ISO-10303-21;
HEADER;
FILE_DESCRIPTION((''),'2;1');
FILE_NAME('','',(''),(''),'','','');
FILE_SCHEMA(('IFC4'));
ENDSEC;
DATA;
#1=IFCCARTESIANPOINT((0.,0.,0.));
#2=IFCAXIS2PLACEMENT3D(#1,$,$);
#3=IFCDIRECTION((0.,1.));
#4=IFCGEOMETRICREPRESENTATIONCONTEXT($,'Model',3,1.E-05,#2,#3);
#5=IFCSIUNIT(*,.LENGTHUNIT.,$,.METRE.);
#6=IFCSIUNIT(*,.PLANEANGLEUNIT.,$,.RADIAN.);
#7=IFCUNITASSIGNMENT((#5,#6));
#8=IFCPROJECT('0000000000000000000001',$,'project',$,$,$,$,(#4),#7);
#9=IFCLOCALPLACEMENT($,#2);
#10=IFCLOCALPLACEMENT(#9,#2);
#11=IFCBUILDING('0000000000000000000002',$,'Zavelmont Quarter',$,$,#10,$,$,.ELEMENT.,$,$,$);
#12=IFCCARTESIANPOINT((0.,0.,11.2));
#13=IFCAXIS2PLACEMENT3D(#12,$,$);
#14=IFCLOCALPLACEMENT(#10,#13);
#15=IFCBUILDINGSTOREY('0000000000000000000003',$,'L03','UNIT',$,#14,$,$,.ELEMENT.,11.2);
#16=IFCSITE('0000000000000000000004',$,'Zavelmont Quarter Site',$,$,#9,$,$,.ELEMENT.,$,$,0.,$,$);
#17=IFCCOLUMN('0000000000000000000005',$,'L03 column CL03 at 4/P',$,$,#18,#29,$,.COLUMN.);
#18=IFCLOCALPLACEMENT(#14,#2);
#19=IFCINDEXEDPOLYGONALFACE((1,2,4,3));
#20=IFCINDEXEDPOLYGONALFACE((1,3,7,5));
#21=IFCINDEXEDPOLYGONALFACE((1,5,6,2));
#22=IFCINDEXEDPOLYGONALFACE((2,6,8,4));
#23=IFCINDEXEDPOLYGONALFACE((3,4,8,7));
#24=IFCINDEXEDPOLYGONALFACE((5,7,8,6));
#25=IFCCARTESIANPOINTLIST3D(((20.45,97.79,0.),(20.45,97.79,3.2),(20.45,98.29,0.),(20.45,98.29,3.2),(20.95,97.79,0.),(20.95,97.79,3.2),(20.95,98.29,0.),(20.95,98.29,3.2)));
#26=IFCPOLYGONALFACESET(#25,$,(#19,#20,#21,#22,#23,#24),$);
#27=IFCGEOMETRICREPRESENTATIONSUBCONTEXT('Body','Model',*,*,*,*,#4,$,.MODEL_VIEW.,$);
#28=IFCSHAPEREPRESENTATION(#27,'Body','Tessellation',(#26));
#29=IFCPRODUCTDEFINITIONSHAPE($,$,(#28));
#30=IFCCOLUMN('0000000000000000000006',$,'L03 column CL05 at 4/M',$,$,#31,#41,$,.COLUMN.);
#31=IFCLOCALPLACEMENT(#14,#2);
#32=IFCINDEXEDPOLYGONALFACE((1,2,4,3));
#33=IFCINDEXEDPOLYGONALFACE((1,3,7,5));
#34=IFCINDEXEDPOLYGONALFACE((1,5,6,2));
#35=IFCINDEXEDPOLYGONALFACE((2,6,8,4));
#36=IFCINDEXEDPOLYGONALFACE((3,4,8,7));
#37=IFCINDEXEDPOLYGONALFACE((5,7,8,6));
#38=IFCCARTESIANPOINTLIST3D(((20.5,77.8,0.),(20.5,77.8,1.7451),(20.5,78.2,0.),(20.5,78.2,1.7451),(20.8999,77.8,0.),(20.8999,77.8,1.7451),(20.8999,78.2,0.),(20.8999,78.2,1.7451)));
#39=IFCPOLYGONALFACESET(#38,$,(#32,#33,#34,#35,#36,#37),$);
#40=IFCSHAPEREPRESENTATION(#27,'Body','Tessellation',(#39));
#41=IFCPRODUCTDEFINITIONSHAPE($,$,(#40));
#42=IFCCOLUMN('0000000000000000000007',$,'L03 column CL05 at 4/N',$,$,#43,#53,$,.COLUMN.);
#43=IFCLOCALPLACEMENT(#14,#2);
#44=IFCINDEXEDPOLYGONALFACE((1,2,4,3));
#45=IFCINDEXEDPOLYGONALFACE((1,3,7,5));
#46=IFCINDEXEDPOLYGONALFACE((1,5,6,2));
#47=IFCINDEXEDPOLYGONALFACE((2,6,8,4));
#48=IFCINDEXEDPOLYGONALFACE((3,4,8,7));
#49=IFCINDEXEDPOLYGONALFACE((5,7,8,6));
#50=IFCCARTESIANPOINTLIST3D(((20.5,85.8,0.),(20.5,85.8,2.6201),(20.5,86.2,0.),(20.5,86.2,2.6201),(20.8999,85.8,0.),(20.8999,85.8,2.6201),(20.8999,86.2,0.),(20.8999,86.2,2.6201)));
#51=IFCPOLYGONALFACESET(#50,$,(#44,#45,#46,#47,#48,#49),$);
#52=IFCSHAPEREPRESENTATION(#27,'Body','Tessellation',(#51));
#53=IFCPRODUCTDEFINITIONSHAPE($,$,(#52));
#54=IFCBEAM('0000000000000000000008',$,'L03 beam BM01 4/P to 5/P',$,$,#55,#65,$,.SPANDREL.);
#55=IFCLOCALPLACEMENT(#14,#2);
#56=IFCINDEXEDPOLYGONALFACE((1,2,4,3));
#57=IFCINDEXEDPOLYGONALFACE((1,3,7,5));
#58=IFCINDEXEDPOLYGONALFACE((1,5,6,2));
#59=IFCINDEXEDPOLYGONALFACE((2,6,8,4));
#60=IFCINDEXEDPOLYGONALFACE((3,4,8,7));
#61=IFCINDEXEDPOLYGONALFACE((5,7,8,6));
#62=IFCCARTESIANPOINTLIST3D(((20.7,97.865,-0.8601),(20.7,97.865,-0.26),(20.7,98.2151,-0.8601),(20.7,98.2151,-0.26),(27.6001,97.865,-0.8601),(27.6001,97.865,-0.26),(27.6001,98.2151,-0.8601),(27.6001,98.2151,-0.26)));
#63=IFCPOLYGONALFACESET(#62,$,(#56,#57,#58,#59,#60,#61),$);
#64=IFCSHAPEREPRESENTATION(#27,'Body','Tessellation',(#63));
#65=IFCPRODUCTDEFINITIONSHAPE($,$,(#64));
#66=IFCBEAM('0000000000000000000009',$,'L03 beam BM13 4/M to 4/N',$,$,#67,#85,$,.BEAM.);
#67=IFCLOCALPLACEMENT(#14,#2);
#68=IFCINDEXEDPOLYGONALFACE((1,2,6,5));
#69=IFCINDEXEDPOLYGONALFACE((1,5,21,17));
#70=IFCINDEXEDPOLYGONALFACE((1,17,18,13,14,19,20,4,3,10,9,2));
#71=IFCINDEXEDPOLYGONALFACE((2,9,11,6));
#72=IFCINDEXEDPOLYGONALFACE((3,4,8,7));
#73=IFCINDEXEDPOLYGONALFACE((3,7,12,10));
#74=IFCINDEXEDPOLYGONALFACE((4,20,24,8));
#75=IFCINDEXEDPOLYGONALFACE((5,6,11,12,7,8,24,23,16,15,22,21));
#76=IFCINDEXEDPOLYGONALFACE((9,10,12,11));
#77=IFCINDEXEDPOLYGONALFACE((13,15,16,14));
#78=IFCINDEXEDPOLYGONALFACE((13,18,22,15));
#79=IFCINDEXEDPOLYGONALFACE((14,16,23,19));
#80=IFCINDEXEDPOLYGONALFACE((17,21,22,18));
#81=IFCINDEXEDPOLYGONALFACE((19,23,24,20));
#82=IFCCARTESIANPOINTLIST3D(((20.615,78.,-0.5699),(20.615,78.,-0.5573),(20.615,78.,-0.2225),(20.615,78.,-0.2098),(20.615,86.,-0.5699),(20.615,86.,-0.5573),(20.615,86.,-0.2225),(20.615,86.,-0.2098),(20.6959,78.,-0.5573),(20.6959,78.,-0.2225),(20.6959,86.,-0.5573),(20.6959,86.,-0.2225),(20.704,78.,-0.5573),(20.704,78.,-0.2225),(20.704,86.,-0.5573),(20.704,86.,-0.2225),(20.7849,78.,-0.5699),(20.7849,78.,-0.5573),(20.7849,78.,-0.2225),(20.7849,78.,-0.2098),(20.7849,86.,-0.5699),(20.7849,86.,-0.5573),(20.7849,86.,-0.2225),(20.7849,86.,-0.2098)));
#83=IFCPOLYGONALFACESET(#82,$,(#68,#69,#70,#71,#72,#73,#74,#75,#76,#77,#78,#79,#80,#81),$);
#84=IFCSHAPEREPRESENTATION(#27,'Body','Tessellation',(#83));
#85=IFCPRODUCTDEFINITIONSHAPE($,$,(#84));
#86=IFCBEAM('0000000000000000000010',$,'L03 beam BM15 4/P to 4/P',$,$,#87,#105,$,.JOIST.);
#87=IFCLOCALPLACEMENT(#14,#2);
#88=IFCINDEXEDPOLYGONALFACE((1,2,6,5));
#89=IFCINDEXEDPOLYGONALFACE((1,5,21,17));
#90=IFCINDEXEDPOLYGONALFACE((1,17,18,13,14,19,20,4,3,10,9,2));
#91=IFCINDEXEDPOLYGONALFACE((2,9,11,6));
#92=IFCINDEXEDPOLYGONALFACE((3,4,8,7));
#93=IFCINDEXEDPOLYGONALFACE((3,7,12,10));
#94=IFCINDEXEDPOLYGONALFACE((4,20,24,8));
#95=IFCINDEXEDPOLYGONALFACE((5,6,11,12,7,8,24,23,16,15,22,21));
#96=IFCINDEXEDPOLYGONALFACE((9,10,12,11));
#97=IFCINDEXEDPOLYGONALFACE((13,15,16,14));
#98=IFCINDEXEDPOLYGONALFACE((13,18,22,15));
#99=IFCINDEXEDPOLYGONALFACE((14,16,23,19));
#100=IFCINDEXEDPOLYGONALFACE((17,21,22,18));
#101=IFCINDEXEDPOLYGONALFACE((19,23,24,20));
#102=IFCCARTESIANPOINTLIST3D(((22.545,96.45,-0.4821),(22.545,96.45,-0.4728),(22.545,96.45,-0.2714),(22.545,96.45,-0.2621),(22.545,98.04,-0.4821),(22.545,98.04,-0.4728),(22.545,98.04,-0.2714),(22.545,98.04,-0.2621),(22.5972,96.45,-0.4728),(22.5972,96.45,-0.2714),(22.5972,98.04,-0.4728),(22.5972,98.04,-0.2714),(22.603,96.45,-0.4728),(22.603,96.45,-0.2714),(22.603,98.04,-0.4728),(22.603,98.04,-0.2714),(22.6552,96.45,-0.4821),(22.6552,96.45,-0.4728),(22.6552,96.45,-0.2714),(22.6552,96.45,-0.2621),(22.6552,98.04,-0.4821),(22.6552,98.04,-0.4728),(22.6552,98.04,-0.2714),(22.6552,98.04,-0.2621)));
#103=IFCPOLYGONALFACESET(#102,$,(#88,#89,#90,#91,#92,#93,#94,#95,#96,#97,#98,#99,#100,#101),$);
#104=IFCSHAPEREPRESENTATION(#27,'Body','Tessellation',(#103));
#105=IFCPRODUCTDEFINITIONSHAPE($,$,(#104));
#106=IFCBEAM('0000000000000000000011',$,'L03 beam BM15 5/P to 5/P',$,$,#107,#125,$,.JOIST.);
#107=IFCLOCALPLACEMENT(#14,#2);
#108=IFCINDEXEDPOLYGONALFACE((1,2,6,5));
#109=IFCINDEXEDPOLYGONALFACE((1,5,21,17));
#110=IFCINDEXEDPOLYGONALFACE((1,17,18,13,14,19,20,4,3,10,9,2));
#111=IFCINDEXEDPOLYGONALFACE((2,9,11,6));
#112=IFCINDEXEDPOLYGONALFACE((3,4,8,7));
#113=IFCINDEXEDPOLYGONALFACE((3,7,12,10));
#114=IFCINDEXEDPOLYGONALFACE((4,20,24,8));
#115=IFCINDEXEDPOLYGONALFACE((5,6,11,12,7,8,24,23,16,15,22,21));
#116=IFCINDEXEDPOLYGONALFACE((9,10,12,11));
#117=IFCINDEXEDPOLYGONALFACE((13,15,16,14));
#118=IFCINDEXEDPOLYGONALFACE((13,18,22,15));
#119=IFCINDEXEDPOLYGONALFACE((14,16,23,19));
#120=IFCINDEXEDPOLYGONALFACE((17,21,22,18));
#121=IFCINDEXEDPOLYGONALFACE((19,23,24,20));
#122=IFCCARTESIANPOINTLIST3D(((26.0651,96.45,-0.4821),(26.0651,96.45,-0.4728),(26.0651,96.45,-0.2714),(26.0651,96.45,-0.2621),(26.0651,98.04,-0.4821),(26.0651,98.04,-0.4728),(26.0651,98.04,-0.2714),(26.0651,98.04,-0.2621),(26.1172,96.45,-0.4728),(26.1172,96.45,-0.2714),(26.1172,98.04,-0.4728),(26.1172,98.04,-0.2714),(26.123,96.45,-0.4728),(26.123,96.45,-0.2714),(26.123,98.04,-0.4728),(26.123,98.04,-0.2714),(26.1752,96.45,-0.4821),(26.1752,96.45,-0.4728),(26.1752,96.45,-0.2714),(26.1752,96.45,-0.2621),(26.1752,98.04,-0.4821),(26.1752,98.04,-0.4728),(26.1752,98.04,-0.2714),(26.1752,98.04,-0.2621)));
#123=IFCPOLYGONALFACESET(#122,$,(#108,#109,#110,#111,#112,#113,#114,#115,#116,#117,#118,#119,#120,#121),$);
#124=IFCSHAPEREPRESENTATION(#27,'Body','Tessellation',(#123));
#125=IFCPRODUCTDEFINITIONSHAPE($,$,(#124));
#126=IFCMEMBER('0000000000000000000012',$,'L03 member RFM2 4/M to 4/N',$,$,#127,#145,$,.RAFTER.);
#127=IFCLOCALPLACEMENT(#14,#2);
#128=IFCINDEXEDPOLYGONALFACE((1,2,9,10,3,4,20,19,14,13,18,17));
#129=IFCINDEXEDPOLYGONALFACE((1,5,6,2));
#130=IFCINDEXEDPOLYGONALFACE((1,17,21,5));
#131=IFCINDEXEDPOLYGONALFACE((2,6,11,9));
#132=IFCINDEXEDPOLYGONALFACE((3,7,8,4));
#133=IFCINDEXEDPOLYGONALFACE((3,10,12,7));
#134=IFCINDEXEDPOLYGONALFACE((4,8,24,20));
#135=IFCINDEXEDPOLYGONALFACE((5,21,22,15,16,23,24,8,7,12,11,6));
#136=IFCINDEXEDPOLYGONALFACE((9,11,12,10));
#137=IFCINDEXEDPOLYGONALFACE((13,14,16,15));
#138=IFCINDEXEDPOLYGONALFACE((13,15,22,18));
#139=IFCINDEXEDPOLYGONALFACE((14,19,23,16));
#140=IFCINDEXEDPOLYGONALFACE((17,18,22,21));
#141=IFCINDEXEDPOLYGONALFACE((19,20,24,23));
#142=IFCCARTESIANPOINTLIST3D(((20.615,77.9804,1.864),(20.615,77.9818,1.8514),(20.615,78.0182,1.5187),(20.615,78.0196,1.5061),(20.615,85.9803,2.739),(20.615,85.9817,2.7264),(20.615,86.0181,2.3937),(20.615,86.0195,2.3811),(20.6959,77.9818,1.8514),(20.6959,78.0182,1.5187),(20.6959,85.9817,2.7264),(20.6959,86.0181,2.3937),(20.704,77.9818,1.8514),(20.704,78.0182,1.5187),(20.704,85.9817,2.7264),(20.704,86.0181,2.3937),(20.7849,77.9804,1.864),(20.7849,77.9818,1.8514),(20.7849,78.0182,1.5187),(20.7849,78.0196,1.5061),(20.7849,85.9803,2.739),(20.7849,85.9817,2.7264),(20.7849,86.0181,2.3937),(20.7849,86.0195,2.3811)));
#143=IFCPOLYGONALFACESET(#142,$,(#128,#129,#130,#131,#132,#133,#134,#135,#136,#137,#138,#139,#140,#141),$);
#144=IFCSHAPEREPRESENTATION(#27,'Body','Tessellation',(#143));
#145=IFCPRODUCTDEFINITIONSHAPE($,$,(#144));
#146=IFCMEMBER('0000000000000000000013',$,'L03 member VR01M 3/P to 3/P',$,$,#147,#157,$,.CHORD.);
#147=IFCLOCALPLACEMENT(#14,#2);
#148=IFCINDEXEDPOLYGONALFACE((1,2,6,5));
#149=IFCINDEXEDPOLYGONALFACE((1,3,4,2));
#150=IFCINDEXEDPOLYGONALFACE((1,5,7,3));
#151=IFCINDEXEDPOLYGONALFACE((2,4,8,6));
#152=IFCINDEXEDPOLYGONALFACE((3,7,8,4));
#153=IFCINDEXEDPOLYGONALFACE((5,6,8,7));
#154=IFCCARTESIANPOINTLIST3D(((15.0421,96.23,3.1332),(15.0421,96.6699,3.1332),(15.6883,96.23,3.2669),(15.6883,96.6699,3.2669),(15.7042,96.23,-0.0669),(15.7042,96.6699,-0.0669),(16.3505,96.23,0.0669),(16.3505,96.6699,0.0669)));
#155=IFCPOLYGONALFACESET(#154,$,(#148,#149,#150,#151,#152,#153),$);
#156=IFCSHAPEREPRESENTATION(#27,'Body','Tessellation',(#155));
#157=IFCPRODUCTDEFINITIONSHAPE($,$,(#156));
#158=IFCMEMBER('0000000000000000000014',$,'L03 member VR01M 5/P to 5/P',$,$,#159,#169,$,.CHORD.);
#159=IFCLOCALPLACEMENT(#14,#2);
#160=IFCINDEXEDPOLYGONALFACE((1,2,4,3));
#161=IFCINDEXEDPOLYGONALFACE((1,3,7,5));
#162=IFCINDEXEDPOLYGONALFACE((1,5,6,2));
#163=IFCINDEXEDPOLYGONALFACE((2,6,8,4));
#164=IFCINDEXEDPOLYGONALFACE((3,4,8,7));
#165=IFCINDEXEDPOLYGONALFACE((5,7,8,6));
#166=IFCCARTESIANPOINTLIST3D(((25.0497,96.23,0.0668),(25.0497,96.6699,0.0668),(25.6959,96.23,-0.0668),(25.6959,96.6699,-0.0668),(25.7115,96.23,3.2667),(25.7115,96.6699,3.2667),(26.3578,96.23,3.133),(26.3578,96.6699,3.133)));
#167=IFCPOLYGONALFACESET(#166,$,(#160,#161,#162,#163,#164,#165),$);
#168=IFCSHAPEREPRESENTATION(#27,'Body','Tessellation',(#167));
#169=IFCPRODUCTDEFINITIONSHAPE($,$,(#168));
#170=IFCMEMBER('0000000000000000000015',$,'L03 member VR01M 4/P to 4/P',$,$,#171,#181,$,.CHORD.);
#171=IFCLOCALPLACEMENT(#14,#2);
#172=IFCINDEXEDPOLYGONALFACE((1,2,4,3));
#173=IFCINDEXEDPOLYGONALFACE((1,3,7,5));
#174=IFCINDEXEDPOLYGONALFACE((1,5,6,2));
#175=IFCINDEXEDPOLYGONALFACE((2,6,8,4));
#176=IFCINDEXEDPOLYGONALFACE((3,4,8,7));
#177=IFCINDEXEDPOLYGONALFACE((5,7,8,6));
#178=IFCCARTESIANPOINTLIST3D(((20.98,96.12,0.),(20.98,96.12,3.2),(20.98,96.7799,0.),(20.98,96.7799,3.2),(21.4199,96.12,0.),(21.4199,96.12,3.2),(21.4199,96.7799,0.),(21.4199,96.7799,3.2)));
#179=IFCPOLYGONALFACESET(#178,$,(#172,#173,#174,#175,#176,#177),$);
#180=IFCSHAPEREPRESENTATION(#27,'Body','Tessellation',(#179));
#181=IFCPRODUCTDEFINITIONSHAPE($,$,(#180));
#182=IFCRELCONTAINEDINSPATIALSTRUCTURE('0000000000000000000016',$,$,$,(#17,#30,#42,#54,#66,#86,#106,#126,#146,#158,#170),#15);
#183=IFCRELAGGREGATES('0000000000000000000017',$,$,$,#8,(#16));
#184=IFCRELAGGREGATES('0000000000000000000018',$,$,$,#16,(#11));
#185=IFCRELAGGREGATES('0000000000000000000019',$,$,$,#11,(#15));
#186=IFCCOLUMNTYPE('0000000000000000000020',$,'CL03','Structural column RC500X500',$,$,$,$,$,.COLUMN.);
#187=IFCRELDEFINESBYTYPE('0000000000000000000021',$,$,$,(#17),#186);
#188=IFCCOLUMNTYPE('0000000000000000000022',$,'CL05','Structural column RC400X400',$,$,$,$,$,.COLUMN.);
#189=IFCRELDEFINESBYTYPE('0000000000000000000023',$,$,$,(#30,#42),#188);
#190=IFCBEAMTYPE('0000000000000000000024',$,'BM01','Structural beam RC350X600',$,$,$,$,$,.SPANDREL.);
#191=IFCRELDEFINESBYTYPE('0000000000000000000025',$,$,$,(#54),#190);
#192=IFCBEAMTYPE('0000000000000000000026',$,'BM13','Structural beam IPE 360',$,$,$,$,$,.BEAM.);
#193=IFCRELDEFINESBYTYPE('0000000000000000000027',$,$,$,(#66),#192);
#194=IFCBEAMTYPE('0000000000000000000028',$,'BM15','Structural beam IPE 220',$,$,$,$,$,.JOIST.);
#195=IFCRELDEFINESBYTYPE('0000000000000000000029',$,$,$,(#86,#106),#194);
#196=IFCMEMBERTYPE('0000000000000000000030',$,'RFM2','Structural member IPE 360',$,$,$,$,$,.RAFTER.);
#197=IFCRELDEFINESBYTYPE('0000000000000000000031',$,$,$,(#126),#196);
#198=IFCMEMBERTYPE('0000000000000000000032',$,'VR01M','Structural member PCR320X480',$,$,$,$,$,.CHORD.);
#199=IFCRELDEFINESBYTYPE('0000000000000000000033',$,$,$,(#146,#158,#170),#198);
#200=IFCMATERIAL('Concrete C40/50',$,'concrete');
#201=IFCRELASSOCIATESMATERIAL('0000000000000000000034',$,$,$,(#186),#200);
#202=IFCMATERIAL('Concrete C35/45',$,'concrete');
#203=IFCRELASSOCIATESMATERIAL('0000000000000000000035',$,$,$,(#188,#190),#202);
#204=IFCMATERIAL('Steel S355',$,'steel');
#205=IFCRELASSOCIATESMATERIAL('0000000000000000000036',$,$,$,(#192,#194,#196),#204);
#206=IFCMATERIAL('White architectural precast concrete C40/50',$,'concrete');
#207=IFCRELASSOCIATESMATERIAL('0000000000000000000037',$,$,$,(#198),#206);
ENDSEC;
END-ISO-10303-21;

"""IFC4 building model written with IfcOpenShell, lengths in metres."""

from ifc_helpers import new_model, si_unit, direction, frame, origin, origin_2d, place, context, subcontext, project, spatial, rectangle, i_section, extrude, material, material_profile, profile_set, type_object, element, save


model = new_model("IFC4")

# Units and contexts
model_context = context("Model", 3, precision=1e-05, world=origin(), true_north=direction((0.0, 1.0)))
body_context = subcontext(model_context, "Body", "Model", "MODEL_VIEW")
ifc_project = project(units=[si_unit("LENGTHUNIT", "METRE"), si_unit("PLANEANGLEUNIT", "RADIAN")], contexts=[model_context])

# Site, building, storey
site_placement = place(None, origin())
site = spatial("IfcSite", under=ifc_project, at=site_placement, Name="Zavelmont Quarter Site", CompositionType="ELEMENT", RefElevation=0.0)
building_placement = place(site_placement, origin())
building = spatial("IfcBuilding", under=site, at=building_placement, Name="Zavelmont Quarter", CompositionType="ELEMENT")
storey_placement = place(building_placement, frame((0.0, 0.0, 11.2)))
storey = spatial("IfcBuildingStorey", under=building, at=storey_placement, Name="L03", Description="UNIT", CompositionType="ELEMENT", Elevation=11.2)

# Columns
ifc_material_1 = material(Name="Concrete C40/50", Category="concrete")
ifc_material_profile_1 = material_profile(ifc_material_1, rectangle(XDim=0.5, YDim=0.5, at=origin_2d()), Name="RC500X500")
ifc_profile_set_1 = profile_set([ifc_material_profile_1], Name="Concrete C40/50")
column_type_1 = type_object("IfcColumnType", Name="CL03", Description="Structural column RC500X500", PredefinedType="COLUMN", material=ifc_profile_set_1)
column_1_placement = place(storey_placement, frame((20.7, 98.04, 0.0), z_axis=(0.0, 0.0, 1.0), x_axis=(1.0, 0.0, 0.0)))
element("IfcColumn", 1, at=column_1_placement, inside=storey, type_object=column_type_1, Name="L03 column CL03 at 4/P", PredefinedType="COLUMN", context=body_context, shape_type="SweptSolid", body=[
    extrude(rectangle(XDim=0.5, YDim=0.5, at=origin_2d()), origin(), (0.0, 0.0, 1.0), 3.2),
])
ifc_material_2 = material(Name="Concrete C35/45", Category="concrete")
ifc_material_profile_2 = material_profile(ifc_material_2, rectangle(XDim=0.3999, YDim=0.3999, at=origin_2d()), Name="RC400X400")
ifc_profile_set_2 = profile_set([ifc_material_profile_2], Name="Concrete C35/45")
column_type_2 = type_object("IfcColumnType", Name="CL05", Description="Structural column RC400X400", PredefinedType="COLUMN", material=ifc_profile_set_2)
column_2_placement = place(storey_placement, frame((20.7, 78.0, 0.0), z_axis=(0.0, 0.0, 1.0), x_axis=(1.0, 0.0, 0.0)))
element("IfcColumn", 2, at=column_2_placement, inside=storey, type_object=column_type_2, Name="L03 column CL05 at 4/M", PredefinedType="COLUMN", context=body_context, shape_type="SweptSolid", body=[
    extrude(rectangle(XDim=0.3999, YDim=0.3999, at=origin_2d()), origin(), (0.0, 0.0, 1.0), 1.7451),
])
column_3_placement = place(storey_placement, frame((20.7, 86.0, 0.0), z_axis=(0.0, 0.0, 1.0), x_axis=(1.0, 0.0, 0.0)))
element("IfcColumn", 3, at=column_3_placement, inside=storey, type_object=column_type_2, Name="L03 column CL05 at 4/N", PredefinedType="COLUMN", context=body_context, shape_type="SweptSolid", body=[
    extrude(rectangle(XDim=0.3999, YDim=0.3999, at=origin_2d()), origin(), (0.0, 0.0, 1.0), 2.6201),
])

# Beams
ifc_material_profile_3 = material_profile(ifc_material_2, rectangle(XDim=0.3501, YDim=0.6001, at=origin_2d()), Name="RC350X600")
ifc_profile_set_3 = profile_set([ifc_material_profile_3], Name="Concrete C35/45")
beam_type_1 = type_object("IfcBeamType", Name="BM01", Description="Structural beam RC350X600", PredefinedType="SPANDREL", material=ifc_profile_set_3)
beam_1_placement = place(storey_placement, frame((20.7, 98.04, -0.5601), z_axis=(1.0, 0.0, 0.0), x_axis=(0.0, 1.0, 0.0)))
element("IfcBeam", 4, at=beam_1_placement, inside=storey, type_object=beam_type_1, Name="L03 beam BM01 4/P to 5/P", PredefinedType="SPANDREL", context=body_context, shape_type="SweptSolid", body=[
    extrude(rectangle(XDim=0.3501, YDim=0.6001, at=origin_2d()), origin(), (0.0, 0.0, 1.0), 6.9001),
])
ifc_material_3 = material(Name="Steel S355", Category="steel")
ifc_material_profile_4 = material_profile(ifc_material_3, i_section(OverallWidth=0.1699, OverallDepth=0.3601, WebThickness=0.0081, FlangeThickness=0.0127, at=origin_2d()), Name="IPE 360")
ifc_profile_set_4 = profile_set([ifc_material_profile_4], Name="Steel S355")
beam_type_2 = type_object("IfcBeamType", Name="BM13", Description="Structural beam IPE 360", PredefinedType="BEAM", material=ifc_profile_set_4)
beam_2_placement = place(storey_placement, frame((20.7, 78.0, -0.3899), z_axis=(0.0, 1.0, 0.0), x_axis=(-1.0, 0.0, 0.0)))
element("IfcBeam", 5, at=beam_2_placement, inside=storey, type_object=beam_type_2, Name="L03 beam BM13 4/M to 4/N", PredefinedType="BEAM", context=body_context, shape_type="SweptSolid", body=[
    extrude(i_section(OverallWidth=0.1699, OverallDepth=0.3601, WebThickness=0.0081, FlangeThickness=0.0127, at=origin_2d()), origin(), (0.0, 0.0, 1.0), 8.0),
])
ifc_material_profile_5 = material_profile(ifc_material_3, i_section(OverallWidth=0.1101, OverallDepth=0.22, WebThickness=0.0059, FlangeThickness=0.0093, at=origin_2d()), Name="IPE 220")
ifc_profile_set_5 = profile_set([ifc_material_profile_5], Name="Steel S355")
beam_type_3 = type_object("IfcBeamType", Name="BM15", Description="Structural beam IPE 220", PredefinedType="JOIST", material=ifc_profile_set_5)
for number, where, z_axis, x_axis, name in (
    (6, (22.6001, 98.04, -0.3721), (0.0, -1.0, 0.0), (1.0, 0.0, 0.0), "L03 beam BM15 4/P to 4/P"),
    (7, (26.1201, 98.04, -0.3721), (0.0, -1.0, 0.0), (1.0, 0.0, 0.0), "L03 beam BM15 5/P to 5/P"),
):
    element("IfcBeam", number, at=place(storey_placement, frame(where, z_axis=z_axis, x_axis=x_axis)), inside=storey, type_object=beam_type_3, Name=name, PredefinedType="JOIST", context=body_context, shape_type="SweptSolid", body=[
        extrude(i_section(OverallWidth=0.1101, OverallDepth=0.22, WebThickness=0.0059, FlangeThickness=0.0093, at=origin_2d()), origin(), (0.0, 0.0, 1.0), 1.5901),
    ])

# Members
ifc_material_profile_6 = material_profile(ifc_material_3, i_section(OverallWidth=0.1699, OverallDepth=0.3601, WebThickness=0.0081, FlangeThickness=0.0127, at=origin_2d()), Name="IPE 360")
ifc_profile_set_6 = profile_set([ifc_material_profile_6], Name="Steel S355")
member_type_1 = type_object("IfcMemberType", Name="RFM2", Description="Structural member IPE 360", PredefinedType="RAFTER", material=ifc_profile_set_6)
member_1_placement = place(storey_placement, frame((20.7, 78.0, 1.6851), z_axis=(0.0, 0.994072, 0.108727), x_axis=(-1.0, 0.0, 0.0)))
element("IfcMember", 8, at=member_1_placement, inside=storey, type_object=member_type_1, Name="L03 member RFM2 4/M to 4/N", PredefinedType="RAFTER", context=body_context, shape_type="SweptSolid", body=[
    extrude(i_section(OverallWidth=0.1699, OverallDepth=0.3601, WebThickness=0.0081, FlangeThickness=0.0127, at=origin_2d()), origin(), (0.0, 0.0, 1.0), 8.0476),
])
ifc_material_4 = material(Name="White architectural precast concrete C40/50", Category="concrete")
ifc_material_profile_7 = material_profile(ifc_material_4, rectangle(XDim=0.4399, YDim=0.6599, at=origin_2d()), Name="PCR320X480")
ifc_profile_set_7 = profile_set([ifc_material_profile_7], Name="White architectural precast concrete C40/50")
member_type_2 = type_object("IfcMemberType", Name="VR01M", Description="Structural member PCR320X480", PredefinedType="CHORD", material=ifc_profile_set_7)
member_2_placement = place(storey_placement, frame((16.0273, 96.45, 0.0), z_axis=(-0.20262, 0.0, 0.979257), x_axis=(0.0, -1.0, 0.0)))
element("IfcMember", 9, at=member_2_placement, inside=storey, type_object=member_type_2, Name="L03 member VR01M 3/P to 3/P", PredefinedType="CHORD", context=body_context, shape_type="SweptSolid", body=[
    extrude(rectangle(XDim=0.4399, YDim=0.6599, at=origin_2d()), origin(), (0.0, 0.0, 1.0), 3.2678),
])
member_3_placement = place(storey_placement, frame((25.3728, 96.45, 0.0), z_axis=(0.202549, 0.0, 0.979272), x_axis=(0.0, 1.0, 0.0)))
element("IfcMember", 10, at=member_3_placement, inside=storey, type_object=member_type_2, Name="L03 member VR01M 5/P to 5/P", PredefinedType="CHORD", context=body_context, shape_type="SweptSolid", body=[
    extrude(rectangle(XDim=0.4399, YDim=0.6599, at=origin_2d()), origin(), (0.0, 0.0, 1.0), 3.2676),
])
for number, where, z_axis, x_axis, name in (
    (11, (21.2, 96.45, 0.0), (0.0, 0.0, 1.0), (1.0, 0.0, 0.0), "L03 member VR01M 4/P to 4/P"),
):
    element("IfcMember", number, at=place(storey_placement, frame(where, z_axis=z_axis, x_axis=x_axis)), inside=storey, type_object=member_type_2, Name=name, PredefinedType="CHORD", context=body_context, shape_type="SweptSolid", body=[
        extrude(rectangle(XDim=0.4399, YDim=0.6599, at=origin_2d()), origin(), (0.0, 0.0, 1.0), 3.2),
    ])

save(model, "model.ifc")
